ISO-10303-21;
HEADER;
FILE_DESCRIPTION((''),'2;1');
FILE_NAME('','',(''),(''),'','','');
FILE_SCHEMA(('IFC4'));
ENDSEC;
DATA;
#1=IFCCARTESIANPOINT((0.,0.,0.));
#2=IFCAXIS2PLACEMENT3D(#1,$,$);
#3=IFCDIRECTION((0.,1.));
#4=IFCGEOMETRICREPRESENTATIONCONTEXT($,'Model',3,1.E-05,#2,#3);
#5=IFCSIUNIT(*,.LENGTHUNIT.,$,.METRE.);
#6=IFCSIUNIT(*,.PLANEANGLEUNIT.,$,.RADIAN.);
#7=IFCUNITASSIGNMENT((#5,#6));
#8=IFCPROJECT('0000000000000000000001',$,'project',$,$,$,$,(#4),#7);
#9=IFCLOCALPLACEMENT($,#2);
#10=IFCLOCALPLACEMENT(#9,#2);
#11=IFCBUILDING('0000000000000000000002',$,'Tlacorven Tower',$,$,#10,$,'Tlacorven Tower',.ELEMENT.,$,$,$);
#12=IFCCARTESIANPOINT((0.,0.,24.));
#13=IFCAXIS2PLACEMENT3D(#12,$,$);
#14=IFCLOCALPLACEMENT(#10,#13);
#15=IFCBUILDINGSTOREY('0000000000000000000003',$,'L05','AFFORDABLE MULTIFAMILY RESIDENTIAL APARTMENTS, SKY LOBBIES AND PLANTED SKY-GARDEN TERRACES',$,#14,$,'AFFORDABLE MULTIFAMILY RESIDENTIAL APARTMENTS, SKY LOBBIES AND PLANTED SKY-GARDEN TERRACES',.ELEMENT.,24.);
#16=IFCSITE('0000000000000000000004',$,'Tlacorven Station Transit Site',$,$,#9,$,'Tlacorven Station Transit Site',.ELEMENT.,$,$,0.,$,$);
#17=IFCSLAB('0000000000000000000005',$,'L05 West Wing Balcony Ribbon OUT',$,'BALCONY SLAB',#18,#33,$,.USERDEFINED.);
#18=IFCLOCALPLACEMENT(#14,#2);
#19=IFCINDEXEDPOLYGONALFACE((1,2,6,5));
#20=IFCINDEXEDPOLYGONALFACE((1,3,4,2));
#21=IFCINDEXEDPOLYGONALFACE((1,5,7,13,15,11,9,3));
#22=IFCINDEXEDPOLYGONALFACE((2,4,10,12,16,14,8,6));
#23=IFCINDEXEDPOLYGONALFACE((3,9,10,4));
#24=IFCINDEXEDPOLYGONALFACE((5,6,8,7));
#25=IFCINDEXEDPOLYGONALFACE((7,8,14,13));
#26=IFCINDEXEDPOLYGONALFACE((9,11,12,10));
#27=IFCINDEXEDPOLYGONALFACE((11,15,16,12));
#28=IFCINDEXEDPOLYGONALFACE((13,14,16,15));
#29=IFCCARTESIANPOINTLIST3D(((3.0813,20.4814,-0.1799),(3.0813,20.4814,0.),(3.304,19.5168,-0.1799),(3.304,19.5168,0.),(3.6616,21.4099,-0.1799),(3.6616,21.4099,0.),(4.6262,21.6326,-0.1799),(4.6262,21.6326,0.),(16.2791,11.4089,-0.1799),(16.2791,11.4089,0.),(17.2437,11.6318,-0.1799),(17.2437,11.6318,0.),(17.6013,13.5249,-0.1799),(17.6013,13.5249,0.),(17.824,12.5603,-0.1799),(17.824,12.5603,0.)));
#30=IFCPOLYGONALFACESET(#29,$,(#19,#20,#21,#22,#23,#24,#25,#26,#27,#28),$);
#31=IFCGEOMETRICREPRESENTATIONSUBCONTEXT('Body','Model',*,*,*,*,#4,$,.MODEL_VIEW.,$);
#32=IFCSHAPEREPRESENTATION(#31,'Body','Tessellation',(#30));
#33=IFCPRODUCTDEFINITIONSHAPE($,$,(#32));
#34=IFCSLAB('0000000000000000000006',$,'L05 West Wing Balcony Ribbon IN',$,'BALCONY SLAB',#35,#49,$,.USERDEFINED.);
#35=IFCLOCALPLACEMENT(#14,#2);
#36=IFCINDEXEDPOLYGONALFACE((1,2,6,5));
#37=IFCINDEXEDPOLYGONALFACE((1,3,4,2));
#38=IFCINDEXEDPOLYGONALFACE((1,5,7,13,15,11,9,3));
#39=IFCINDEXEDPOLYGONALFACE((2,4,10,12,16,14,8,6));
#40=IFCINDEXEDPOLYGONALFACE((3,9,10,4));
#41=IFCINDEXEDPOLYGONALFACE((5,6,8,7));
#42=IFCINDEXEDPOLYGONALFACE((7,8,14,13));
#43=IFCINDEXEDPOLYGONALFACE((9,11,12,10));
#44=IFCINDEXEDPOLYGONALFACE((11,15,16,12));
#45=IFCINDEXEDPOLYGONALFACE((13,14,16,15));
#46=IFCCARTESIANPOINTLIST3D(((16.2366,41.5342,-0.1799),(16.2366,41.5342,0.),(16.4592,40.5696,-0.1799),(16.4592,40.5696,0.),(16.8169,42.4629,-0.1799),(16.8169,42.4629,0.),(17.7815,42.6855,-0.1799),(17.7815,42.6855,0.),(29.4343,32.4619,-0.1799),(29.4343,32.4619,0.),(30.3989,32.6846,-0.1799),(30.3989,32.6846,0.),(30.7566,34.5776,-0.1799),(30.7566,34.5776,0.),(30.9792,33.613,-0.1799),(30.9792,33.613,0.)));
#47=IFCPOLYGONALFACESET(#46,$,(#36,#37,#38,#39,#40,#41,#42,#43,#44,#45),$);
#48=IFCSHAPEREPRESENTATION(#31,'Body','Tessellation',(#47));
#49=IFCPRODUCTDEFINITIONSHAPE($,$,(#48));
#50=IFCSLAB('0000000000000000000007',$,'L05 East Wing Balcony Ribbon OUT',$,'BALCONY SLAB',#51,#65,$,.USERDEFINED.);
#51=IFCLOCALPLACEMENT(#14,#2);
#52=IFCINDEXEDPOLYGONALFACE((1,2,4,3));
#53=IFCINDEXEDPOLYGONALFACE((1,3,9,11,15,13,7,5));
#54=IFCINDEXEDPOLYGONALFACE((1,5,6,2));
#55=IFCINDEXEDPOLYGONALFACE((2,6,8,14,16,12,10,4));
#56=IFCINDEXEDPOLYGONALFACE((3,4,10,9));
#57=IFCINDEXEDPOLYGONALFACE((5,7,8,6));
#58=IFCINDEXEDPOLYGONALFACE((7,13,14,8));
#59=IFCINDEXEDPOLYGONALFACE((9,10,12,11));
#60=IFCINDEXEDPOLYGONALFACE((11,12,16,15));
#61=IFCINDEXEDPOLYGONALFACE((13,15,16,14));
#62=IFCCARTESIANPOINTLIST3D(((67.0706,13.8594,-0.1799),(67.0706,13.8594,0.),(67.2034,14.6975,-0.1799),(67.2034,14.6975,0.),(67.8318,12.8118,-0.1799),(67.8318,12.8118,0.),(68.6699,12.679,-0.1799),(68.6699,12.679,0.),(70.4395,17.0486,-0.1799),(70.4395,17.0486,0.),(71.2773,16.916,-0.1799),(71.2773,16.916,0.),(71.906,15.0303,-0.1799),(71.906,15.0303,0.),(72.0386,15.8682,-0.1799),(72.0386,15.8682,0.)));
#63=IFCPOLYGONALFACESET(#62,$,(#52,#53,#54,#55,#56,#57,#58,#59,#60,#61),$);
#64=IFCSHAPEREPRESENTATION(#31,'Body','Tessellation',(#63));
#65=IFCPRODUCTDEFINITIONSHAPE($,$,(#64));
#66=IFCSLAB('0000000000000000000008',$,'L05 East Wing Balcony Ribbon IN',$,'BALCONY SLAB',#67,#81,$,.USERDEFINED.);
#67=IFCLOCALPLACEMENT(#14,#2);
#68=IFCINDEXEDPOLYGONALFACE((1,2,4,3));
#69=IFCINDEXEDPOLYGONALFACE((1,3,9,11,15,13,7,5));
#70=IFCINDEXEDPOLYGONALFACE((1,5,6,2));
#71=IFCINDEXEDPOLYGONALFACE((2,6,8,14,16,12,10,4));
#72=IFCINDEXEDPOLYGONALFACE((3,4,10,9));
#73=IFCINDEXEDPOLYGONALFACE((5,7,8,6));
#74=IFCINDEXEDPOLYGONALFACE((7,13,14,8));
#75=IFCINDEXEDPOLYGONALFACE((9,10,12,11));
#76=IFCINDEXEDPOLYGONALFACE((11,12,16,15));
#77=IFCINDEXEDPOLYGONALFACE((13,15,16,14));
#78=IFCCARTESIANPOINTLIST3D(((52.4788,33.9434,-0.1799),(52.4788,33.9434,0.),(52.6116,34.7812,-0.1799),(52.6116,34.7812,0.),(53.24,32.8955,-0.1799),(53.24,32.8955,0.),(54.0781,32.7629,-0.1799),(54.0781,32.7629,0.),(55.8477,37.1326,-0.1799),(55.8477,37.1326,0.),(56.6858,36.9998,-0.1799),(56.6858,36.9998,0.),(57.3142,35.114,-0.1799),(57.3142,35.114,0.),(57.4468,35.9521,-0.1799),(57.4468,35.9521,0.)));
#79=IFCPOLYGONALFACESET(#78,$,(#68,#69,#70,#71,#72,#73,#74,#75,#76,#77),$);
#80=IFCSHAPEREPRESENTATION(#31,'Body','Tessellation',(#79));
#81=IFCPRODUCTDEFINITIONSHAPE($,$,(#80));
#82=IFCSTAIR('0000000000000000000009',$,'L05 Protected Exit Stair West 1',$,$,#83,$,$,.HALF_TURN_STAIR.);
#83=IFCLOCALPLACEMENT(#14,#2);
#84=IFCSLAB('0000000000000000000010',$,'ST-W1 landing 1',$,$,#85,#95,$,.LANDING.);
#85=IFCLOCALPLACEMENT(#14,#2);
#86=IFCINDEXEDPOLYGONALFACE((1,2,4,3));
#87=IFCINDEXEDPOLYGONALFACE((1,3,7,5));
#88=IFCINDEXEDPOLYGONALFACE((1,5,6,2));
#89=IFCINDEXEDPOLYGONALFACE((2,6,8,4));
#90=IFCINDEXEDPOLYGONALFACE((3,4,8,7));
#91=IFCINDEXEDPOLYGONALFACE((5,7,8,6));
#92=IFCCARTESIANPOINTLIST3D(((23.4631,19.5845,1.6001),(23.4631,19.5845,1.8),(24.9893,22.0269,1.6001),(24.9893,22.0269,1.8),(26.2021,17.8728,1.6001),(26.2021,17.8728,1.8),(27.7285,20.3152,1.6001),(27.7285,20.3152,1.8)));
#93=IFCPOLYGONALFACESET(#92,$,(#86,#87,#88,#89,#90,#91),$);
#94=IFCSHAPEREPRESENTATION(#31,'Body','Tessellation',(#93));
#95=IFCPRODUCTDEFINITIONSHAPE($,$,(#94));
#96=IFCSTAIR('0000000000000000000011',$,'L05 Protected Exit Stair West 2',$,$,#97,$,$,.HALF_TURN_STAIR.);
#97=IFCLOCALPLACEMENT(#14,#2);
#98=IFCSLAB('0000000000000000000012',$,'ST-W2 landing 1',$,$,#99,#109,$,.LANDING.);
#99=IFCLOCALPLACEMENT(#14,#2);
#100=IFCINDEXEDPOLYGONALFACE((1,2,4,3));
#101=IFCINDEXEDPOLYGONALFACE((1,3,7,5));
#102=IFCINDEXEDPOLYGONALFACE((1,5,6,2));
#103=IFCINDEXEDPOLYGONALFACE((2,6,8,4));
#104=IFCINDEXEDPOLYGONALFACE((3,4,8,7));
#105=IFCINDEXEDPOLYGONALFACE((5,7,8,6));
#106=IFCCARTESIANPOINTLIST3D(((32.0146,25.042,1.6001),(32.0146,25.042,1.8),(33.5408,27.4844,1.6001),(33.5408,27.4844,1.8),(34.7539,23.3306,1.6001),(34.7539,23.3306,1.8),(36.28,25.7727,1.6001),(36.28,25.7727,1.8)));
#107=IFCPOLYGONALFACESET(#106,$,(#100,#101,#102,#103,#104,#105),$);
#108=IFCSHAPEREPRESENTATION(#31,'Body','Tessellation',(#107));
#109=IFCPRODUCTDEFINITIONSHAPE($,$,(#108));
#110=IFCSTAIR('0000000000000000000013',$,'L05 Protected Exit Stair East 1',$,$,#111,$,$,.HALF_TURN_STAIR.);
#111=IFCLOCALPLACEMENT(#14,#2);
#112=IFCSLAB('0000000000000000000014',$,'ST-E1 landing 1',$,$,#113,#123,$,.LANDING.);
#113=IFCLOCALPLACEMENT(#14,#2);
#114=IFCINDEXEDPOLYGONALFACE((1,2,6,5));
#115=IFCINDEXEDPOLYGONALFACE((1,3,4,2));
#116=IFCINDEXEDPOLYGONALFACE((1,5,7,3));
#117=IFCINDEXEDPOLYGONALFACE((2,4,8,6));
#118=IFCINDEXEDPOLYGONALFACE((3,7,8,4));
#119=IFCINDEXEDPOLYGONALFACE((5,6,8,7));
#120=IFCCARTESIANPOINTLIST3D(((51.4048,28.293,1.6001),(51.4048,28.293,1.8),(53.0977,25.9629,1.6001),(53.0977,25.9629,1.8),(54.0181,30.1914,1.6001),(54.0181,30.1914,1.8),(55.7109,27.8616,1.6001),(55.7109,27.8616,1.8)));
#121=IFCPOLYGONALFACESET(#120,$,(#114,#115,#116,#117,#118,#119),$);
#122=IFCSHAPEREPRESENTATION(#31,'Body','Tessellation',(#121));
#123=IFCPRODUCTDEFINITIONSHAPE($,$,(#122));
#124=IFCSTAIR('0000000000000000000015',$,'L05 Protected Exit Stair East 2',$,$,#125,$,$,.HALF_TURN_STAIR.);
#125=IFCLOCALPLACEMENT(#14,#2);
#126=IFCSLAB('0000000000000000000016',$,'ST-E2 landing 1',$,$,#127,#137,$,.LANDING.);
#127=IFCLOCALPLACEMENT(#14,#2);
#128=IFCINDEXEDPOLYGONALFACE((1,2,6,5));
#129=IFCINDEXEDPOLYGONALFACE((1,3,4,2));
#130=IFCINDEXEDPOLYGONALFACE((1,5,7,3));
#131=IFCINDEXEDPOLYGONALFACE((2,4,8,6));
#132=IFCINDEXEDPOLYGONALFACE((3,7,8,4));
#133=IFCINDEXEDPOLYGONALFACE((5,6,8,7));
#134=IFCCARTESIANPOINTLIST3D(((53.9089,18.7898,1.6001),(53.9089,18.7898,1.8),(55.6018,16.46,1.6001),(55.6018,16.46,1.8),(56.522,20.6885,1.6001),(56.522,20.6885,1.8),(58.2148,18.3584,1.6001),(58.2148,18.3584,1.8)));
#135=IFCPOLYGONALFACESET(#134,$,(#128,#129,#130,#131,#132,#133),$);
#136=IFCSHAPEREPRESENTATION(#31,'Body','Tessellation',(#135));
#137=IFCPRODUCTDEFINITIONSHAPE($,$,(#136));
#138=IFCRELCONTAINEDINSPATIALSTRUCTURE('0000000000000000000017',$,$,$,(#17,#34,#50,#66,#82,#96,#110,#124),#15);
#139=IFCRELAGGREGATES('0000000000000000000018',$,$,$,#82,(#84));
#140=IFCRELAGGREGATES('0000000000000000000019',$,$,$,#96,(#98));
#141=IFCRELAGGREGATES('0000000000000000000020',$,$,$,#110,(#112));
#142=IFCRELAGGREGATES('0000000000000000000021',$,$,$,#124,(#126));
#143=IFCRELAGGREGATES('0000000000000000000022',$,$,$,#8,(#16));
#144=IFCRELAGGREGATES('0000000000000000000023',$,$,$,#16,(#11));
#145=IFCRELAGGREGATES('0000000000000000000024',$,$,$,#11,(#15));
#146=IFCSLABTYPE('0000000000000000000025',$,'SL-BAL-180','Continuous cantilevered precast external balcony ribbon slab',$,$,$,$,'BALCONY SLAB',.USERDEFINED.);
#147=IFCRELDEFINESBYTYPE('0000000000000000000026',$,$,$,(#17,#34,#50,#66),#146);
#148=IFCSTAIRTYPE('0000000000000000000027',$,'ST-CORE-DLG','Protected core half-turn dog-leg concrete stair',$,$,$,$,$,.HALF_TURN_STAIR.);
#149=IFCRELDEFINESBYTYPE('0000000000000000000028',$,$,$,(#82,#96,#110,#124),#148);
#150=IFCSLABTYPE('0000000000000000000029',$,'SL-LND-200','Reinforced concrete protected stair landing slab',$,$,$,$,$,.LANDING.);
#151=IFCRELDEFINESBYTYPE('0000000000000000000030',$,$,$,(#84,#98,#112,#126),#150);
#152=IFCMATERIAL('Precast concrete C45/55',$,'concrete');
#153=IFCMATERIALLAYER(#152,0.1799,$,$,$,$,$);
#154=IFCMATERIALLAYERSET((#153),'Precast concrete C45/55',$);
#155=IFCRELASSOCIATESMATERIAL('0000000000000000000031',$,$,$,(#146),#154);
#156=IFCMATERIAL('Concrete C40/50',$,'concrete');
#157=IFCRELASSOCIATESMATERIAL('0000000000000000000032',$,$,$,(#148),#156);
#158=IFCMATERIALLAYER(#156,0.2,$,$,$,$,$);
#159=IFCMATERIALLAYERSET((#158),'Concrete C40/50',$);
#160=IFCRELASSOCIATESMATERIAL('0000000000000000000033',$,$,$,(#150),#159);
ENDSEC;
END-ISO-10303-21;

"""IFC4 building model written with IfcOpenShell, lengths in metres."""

from ifc_helpers import new_model, si_unit, direction, frame, origin, place, context, subcontext, project, spatial, polyline, outline, extrude, material, layer, layer_set, type_object, element, aggregate, save


model = new_model("IFC4")

# Units and contexts
model_context = context("Model", 3, precision=1e-05, world=origin(), true_north=direction((0.0, 1.0)))
body_context = subcontext(model_context, "Body", "Model", "MODEL_VIEW")
ifc_project = project(units=[si_unit("LENGTHUNIT", "METRE"), si_unit("PLANEANGLEUNIT", "RADIAN")], contexts=[model_context])

# Site, building, storey
site_placement = place(None, origin())
site = spatial("IfcSite", under=ifc_project, at=site_placement, Name="Tlacorven Station Transit Site", LongName="Tlacorven Station Transit Site", CompositionType="ELEMENT", RefElevation=0.0)
building_placement = place(site_placement, origin())
building = spatial("IfcBuilding", under=site, at=building_placement, Name="Tlacorven Tower", LongName="Tlacorven Tower", CompositionType="ELEMENT")
storey_placement = place(building_placement, frame((0.0, 0.0, 24.0)))
storey = spatial("IfcBuildingStorey", under=building, at=storey_placement, Name="L05", Description="AFFORDABLE MULTIFAMILY RESIDENTIAL APARTMENTS, SKY LOBBIES AND PLANTED SKY-GARDEN TERRACES", LongName="AFFORDABLE MULTIFAMILY RESIDENTIAL APARTMENTS, SKY LOBBIES AND PLANTED SKY-GARDEN TERRACES", CompositionType="ELEMENT", Elevation=24.0)

# Slabs
ifc_material_1 = material(Name="Precast concrete C45/55", Category="concrete")
ifc_layer_1 = layer(ifc_material_1, 0.1799)
ifc_layer_set_1 = layer_set([ifc_layer_1], Name="Precast concrete C45/55")
slab_type_1 = type_object("IfcSlabType", Name="SL-BAL-180", Description="Continuous cantilevered precast external balcony ribbon slab", ElementType="BALCONY SLAB", PredefinedType="USERDEFINED", material=ifc_layer_set_1)
slab_1_placement = place(storey_placement, frame((0.0, 0.0, -0.1799)))
element("IfcSlab", 1, at=slab_1_placement, inside=storey, type_object=slab_type_1, Name="L05 West Wing Balcony Ribbon OUT", ObjectType="BALCONY SLAB", PredefinedType="USERDEFINED", context=body_context, shape_type="SweptSolid", body=[
    extrude(outline(polyline([(17.6013, 13.5249), (4.6262, 21.6326), (3.6616, 21.4099), (3.0813, 20.4814), (3.304, 19.5168), (16.2791, 11.4089), (17.2437, 11.6318), (17.824, 12.5603), (17.6013, 13.5249)])), origin(), (0.0, 0.0, 1.0), 0.1799),
])
slab_2_placement = place(storey_placement, frame((0.0, 0.0, -0.1799)))
element("IfcSlab", 2, at=slab_2_placement, inside=storey, type_object=slab_type_1, Name="L05 West Wing Balcony Ribbon IN", ObjectType="BALCONY SLAB", PredefinedType="USERDEFINED", context=body_context, shape_type="SweptSolid", body=[
    extrude(outline(polyline([(30.7566, 34.5776), (17.7815, 42.6855), (16.8169, 42.4629), (16.2366, 41.5342), (16.4592, 40.5696), (29.4343, 32.4619), (30.3989, 32.6846), (30.9792, 33.613), (30.7566, 34.5776)])), origin(), (0.0, 0.0, 1.0), 0.1799),
])
slab_3_placement = place(storey_placement, frame((0.0, 0.0, -0.1799)))
element("IfcSlab", 3, at=slab_3_placement, inside=storey, type_object=slab_type_1, Name="L05 East Wing Balcony Ribbon OUT", ObjectType="BALCONY SLAB", PredefinedType="USERDEFINED", context=body_context, shape_type="SweptSolid", body=[
    extrude(outline(polyline([(68.6699, 12.679), (71.906, 15.0303), (72.0386, 15.8682), (71.2773, 16.916), (70.4395, 17.0486), (67.2034, 14.6975), (67.0706, 13.8594), (67.8318, 12.8118), (68.6699, 12.679)])), origin(), (0.0, 0.0, 1.0), 0.1799),
])
slab_4_placement = place(storey_placement, frame((0.0, 0.0, -0.1799)))
element("IfcSlab", 4, at=slab_4_placement, inside=storey, type_object=slab_type_1, Name="L05 East Wing Balcony Ribbon IN", ObjectType="BALCONY SLAB", PredefinedType="USERDEFINED", context=body_context, shape_type="SweptSolid", body=[
    extrude(outline(polyline([(54.0781, 32.7629), (57.3142, 35.114), (57.4468, 35.9521), (56.6858, 36.9998), (55.8477, 37.1326), (52.6116, 34.7812), (52.4788, 33.9434), (53.24, 32.8955), (54.0781, 32.7629)])), origin(), (0.0, 0.0, 1.0), 0.1799),
])

# Stairs, slabs
ifc_material_2 = material(Name="Concrete C40/50", Category="concrete")
stair_type = type_object("IfcStairType", Name="ST-CORE-DLG", Description="Protected core half-turn dog-leg concrete stair", PredefinedType="HALF_TURN_STAIR", material=ifc_material_2)
stair_1_placement = place(storey_placement, origin())
stair_1 = element("IfcStair", 5, at=stair_1_placement, inside=storey, type_object=stair_type, Name="L05 Protected Exit Stair West 1", PredefinedType="HALF_TURN_STAIR")
ifc_layer_2 = layer(ifc_material_2, 0.2)
ifc_layer_set_2 = layer_set([ifc_layer_2], Name="Concrete C40/50")
slab_type_2 = type_object("IfcSlabType", Name="SL-LND-200", Description="Reinforced concrete protected stair landing slab", PredefinedType="LANDING", material=ifc_layer_set_2)
slab_5_placement = place(storey_placement, frame((0.0, 0.0, 1.6001)))
slab_5 = element("IfcSlab", 6, at=slab_5_placement, type_object=slab_type_2, Name="ST-W1 landing 1", PredefinedType="LANDING", context=body_context, shape_type="SweptSolid", body=[
    extrude(outline(polyline([(27.7285, 20.3152), (24.9893, 22.0269), (23.4631, 19.5845), (26.2021, 17.8728), (27.7285, 20.3152)])), origin(), (0.0, 0.0, 1.0), 0.2),
])
aggregate(stair_1, [slab_5])
stair_2_placement = place(storey_placement, origin())
stair_2 = element("IfcStair", 7, at=stair_2_placement, inside=storey, type_object=stair_type, Name="L05 Protected Exit Stair West 2", PredefinedType="HALF_TURN_STAIR")
slab_6_placement = place(storey_placement, frame((0.0, 0.0, 1.6001)))
slab_6 = element("IfcSlab", 8, at=slab_6_placement, type_object=slab_type_2, Name="ST-W2 landing 1", PredefinedType="LANDING", context=body_context, shape_type="SweptSolid", body=[
    extrude(outline(polyline([(36.28, 25.7727), (33.5408, 27.4844), (32.0146, 25.042), (34.7539, 23.3306), (36.28, 25.7727)])), origin(), (0.0, 0.0, 1.0), 0.2),
])
aggregate(stair_2, [slab_6])
stair_3_placement = place(storey_placement, origin())
stair_3 = element("IfcStair", 9, at=stair_3_placement, inside=storey, type_object=stair_type, Name="L05 Protected Exit Stair East 1", PredefinedType="HALF_TURN_STAIR")
slab_7_placement = place(storey_placement, frame((0.0, 0.0, 1.6001)))
slab_7 = element("IfcSlab", 10, at=slab_7_placement, type_object=slab_type_2, Name="ST-E1 landing 1", PredefinedType="LANDING", context=body_context, shape_type="SweptSolid", body=[
    extrude(outline(polyline([(53.0977, 25.9629), (55.7109, 27.8616), (54.0181, 30.1914), (51.4048, 28.293), (53.0977, 25.9629)])), origin(), (0.0, 0.0, 1.0), 0.2),
])
aggregate(stair_3, [slab_7])
stair_4_placement = place(storey_placement, origin())
stair_4 = element("IfcStair", 11, at=stair_4_placement, inside=storey, type_object=stair_type, Name="L05 Protected Exit Stair East 2", PredefinedType="HALF_TURN_STAIR")
slab_8_placement = place(storey_placement, frame((0.0, 0.0, 1.6001)))
slab_8 = element("IfcSlab", 12, at=slab_8_placement, type_object=slab_type_2, Name="ST-E2 landing 1", PredefinedType="LANDING", context=body_context, shape_type="SweptSolid", body=[
    extrude(outline(polyline([(55.6018, 16.46), (58.2148, 18.3584), (56.522, 20.6885), (53.9089, 18.7898), (55.6018, 16.46)])), origin(), (0.0, 0.0, 1.0), 0.2),
])
aggregate(stair_4, [slab_8])

save(model, "model.ifc")
